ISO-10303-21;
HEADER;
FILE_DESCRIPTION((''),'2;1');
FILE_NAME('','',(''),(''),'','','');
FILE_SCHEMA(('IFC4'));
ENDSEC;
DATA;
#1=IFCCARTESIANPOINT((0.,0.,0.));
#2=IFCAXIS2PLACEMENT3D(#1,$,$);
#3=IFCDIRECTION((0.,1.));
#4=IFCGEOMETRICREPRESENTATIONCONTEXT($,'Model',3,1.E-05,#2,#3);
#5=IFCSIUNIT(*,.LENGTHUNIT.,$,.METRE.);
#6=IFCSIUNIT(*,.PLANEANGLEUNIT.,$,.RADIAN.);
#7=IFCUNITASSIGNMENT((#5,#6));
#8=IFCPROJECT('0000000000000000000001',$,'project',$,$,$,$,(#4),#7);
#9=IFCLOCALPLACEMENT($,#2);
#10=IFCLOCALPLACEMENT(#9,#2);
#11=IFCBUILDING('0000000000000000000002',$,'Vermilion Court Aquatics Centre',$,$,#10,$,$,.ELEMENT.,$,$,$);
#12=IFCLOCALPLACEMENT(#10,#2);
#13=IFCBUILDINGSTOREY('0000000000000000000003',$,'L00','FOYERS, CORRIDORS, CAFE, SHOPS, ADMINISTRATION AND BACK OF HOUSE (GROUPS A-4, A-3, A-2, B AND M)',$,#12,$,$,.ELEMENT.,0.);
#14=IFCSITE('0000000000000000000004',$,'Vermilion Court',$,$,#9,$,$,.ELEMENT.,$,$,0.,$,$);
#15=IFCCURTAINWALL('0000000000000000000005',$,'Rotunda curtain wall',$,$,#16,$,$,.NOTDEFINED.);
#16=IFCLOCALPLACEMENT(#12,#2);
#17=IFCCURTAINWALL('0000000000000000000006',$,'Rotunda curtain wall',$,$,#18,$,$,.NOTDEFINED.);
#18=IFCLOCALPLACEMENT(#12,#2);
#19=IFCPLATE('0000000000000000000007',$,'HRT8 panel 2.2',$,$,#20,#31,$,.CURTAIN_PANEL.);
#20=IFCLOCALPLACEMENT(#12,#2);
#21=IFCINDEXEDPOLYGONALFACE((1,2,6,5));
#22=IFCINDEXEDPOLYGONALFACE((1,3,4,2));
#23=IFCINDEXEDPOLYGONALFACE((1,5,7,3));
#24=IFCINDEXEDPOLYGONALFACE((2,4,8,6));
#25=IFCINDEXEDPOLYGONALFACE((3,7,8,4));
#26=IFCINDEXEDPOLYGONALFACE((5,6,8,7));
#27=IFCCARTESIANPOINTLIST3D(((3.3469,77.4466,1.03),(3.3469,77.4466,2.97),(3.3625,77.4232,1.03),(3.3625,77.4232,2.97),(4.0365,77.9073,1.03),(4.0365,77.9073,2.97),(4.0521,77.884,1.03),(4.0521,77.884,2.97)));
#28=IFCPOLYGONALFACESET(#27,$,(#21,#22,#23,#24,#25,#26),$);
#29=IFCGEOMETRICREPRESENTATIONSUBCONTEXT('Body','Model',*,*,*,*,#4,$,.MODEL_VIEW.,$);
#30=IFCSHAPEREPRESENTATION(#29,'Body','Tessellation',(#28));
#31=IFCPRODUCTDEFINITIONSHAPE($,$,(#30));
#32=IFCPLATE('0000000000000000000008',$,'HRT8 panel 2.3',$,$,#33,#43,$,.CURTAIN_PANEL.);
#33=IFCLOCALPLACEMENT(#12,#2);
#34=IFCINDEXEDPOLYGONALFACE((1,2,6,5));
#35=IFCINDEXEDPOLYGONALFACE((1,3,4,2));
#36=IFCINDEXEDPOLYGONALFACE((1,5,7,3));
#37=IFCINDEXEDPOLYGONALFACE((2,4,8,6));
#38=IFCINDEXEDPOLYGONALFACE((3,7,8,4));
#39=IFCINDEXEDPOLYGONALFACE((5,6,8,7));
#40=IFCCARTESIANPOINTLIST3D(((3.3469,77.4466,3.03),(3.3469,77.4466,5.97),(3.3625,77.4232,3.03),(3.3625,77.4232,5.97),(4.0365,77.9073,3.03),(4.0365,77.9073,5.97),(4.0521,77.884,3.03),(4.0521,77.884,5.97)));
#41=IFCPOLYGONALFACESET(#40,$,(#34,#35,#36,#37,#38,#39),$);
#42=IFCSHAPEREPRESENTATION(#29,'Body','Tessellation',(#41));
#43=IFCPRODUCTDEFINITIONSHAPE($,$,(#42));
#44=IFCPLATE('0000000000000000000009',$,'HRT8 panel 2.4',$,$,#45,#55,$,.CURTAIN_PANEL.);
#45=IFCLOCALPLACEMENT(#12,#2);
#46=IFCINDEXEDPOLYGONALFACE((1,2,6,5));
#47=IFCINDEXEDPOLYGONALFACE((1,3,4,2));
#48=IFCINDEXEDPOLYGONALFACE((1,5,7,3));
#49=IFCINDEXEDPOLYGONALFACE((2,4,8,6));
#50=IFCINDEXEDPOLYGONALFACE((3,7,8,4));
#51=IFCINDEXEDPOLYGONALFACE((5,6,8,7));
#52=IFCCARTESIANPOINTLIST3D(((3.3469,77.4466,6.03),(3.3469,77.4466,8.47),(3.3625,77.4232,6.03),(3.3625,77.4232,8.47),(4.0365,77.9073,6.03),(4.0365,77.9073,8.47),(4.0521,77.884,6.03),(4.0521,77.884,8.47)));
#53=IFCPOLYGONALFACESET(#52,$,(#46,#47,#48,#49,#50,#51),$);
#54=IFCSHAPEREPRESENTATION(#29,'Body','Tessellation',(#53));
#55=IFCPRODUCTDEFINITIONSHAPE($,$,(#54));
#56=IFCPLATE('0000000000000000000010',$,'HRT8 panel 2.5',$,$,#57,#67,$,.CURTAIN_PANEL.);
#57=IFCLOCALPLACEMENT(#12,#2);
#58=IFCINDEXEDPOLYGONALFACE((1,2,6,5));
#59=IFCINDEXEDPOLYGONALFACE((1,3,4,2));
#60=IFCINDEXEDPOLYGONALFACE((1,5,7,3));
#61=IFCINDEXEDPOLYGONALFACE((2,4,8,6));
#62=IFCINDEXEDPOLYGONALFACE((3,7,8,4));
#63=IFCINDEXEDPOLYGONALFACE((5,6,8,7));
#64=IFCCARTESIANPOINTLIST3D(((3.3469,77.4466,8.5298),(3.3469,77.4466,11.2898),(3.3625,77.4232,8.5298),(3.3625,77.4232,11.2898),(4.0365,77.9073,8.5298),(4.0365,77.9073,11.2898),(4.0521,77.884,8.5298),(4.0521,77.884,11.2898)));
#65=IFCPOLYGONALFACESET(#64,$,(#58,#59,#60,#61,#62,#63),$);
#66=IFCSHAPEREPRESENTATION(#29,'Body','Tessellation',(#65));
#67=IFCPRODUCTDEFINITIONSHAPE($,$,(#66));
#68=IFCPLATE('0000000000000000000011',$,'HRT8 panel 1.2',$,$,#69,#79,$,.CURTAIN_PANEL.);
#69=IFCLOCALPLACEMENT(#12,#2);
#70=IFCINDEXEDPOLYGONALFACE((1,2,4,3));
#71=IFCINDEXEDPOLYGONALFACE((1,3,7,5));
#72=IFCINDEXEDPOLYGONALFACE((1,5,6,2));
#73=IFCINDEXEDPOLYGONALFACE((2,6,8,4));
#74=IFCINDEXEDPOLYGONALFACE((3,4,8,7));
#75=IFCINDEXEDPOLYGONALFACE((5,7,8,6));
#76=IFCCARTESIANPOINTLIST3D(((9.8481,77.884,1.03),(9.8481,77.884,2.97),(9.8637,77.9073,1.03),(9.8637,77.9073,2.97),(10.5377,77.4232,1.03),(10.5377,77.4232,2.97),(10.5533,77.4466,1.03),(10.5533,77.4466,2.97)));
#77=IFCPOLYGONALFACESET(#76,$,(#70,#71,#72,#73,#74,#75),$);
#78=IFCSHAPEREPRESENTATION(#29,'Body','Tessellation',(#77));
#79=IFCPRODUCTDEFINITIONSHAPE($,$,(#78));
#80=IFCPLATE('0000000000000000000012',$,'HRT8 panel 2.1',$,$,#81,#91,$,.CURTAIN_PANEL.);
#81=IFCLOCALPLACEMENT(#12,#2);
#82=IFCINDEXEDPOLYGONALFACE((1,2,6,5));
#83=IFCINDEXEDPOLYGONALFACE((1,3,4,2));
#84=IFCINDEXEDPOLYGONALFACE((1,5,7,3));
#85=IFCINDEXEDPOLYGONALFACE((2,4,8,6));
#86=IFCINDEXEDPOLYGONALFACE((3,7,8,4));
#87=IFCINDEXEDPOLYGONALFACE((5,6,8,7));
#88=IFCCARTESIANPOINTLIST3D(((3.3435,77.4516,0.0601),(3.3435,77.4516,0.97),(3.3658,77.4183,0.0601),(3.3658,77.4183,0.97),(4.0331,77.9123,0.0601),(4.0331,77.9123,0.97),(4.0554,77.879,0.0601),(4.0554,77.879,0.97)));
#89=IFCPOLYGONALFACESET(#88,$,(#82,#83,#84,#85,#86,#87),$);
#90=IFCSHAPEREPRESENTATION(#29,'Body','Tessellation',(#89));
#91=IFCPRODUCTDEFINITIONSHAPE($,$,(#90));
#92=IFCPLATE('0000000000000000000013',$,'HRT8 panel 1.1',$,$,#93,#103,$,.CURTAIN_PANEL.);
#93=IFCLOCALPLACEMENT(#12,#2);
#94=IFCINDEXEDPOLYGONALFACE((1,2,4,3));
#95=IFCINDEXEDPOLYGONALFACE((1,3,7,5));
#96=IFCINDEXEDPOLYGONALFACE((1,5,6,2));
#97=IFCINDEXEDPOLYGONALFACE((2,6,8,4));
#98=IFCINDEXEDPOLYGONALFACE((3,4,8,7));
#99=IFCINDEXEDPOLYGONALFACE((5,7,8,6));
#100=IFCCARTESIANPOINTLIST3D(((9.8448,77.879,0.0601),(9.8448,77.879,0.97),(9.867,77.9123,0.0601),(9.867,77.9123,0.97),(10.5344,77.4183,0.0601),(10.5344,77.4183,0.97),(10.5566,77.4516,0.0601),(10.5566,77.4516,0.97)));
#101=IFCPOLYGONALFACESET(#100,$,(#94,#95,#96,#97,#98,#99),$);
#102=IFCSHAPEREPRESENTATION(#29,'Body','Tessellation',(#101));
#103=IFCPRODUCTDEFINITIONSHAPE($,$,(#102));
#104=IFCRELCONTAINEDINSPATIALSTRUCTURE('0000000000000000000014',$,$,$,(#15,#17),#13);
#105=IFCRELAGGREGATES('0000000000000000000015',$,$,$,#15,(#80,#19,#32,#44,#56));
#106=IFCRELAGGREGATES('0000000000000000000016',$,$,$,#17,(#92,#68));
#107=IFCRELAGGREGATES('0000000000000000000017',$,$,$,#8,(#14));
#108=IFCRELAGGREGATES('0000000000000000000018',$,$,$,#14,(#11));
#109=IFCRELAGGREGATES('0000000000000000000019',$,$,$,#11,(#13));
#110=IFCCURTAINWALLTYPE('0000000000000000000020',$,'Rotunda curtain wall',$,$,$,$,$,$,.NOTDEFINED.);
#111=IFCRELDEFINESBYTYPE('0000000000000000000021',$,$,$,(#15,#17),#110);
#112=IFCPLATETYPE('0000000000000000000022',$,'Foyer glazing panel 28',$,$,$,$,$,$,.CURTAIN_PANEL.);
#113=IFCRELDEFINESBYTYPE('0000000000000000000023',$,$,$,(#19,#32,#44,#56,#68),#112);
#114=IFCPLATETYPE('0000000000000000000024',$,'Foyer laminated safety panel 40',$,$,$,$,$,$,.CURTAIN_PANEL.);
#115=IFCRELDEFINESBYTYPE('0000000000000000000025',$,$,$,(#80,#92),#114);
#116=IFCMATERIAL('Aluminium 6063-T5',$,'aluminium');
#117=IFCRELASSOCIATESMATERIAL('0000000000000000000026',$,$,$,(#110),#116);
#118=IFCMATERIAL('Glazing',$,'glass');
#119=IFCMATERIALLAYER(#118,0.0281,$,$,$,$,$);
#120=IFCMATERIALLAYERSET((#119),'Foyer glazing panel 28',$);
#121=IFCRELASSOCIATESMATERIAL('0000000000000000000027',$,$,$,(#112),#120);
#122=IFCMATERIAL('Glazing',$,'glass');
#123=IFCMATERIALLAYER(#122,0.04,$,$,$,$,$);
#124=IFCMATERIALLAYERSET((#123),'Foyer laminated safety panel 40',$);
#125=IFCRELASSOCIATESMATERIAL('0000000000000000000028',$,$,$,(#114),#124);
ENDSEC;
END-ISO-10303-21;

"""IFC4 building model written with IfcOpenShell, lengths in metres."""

from ifc_helpers import new_model, si_unit, direction, frame, origin, origin_2d, place, context, subcontext, project, spatial, rectangle, extrude, material, layer, layer_set, type_object, element, aggregate, save


model = new_model("IFC4")

# Units and contexts
model_context = context("Model", 3, precision=1e-05, world=origin(), true_north=direction((0.0, 1.0)))
body_context = subcontext(model_context, "Body", "Model", "MODEL_VIEW")
ifc_project = project(units=[si_unit("LENGTHUNIT", "METRE"), si_unit("PLANEANGLEUNIT", "RADIAN")], contexts=[model_context])

# Site, building, storey
site_placement = place(None, origin())
site = spatial("IfcSite", under=ifc_project, at=site_placement, Name="Vermilion Court", CompositionType="ELEMENT", RefElevation=0.0)
building_placement = place(site_placement, origin())
building = spatial("IfcBuilding", under=site, at=building_placement, Name="Vermilion Court Aquatics Centre", CompositionType="ELEMENT")
storey_placement = place(building_placement, origin())
storey = spatial("IfcBuildingStorey", under=building, at=storey_placement, Name="L00", Description="FOYERS, CORRIDORS, CAFE, SHOPS, ADMINISTRATION AND BACK OF HOUSE (GROUPS A-4, A-3, A-2, B AND M)", CompositionType="ELEMENT", Elevation=0.0)

# Curtain walls
ifc_material_1 = material(Name="Aluminium 6063-T5", Category="aluminium")
curtain_wall_type = type_object("IfcCurtainWallType", Name="Rotunda curtain wall", PredefinedType="NOTDEFINED", material=ifc_material_1)
curtain_wall_1_placement = place(storey_placement, origin())
curtain_wall_1 = element("IfcCurtainWall", 1, at=curtain_wall_1_placement, inside=storey, type_object=curtain_wall_type, Name="Rotunda curtain wall", PredefinedType="NOTDEFINED")
curtain_wall_2_placement = place(storey_placement, origin())
curtain_wall_2 = element("IfcCurtainWall", 2, at=curtain_wall_2_placement, inside=storey, type_object=curtain_wall_type, Name="Rotunda curtain wall", PredefinedType="NOTDEFINED")

# Plates
ifc_material_2 = material(Name="Glazing", Category="glass")
ifc_layer_1 = layer(ifc_material_2, 0.0281)
ifc_layer_set_1 = layer_set([ifc_layer_1], Name="Foyer glazing panel 28")
plate_type_1 = type_object("IfcPlateType", Name="Foyer glazing panel 28", PredefinedType="CURTAIN_PANEL", material=ifc_layer_set_1)
plate_1_placement = place(storey_placement, frame((3.6995, 77.6653, 1.03), z_axis=(0.0, 0.0, 1.0), x_axis=(0.831489, 0.555541, 0.0)))
plate_1 = element("IfcPlate", 3, at=plate_1_placement, type_object=plate_type_1, Name="HRT8 panel 2.2", PredefinedType="CURTAIN_PANEL", context=body_context, shape_type="SweptSolid", body=[
    extrude(rectangle(XDim=0.8293, YDim=0.0281, at=origin_2d()), origin(), (0.0, 0.0, 1.0), 1.9399),
])
plate_2_placement = place(storey_placement, frame((3.6995, 77.6653, 3.03), z_axis=(0.0, 0.0, 1.0), x_axis=(0.831489, 0.555541, 0.0)))
plate_2 = element("IfcPlate", 4, at=plate_2_placement, type_object=plate_type_1, Name="HRT8 panel 2.3", PredefinedType="CURTAIN_PANEL", context=body_context, shape_type="SweptSolid", body=[
    extrude(rectangle(XDim=0.8293, YDim=0.0281, at=origin_2d()), origin(), (0.0, 0.0, 1.0), 2.9399),
])
plate_3_placement = place(storey_placement, frame((3.6995, 77.6653, 6.03), z_axis=(0.0, 0.0, 1.0), x_axis=(0.831489, 0.555541, 0.0)))
plate_3 = element("IfcPlate", 5, at=plate_3_placement, type_object=plate_type_1, Name="HRT8 panel 2.4", PredefinedType="CURTAIN_PANEL", context=body_context, shape_type="SweptSolid", body=[
    extrude(rectangle(XDim=0.8293, YDim=0.0281, at=origin_2d()), origin(), (0.0, 0.0, 1.0), 2.4399),
])
plate_4_placement = place(storey_placement, frame((3.6995, 77.6653, 8.5298), z_axis=(0.0, 0.0, 1.0), x_axis=(0.831489, 0.555541, 0.0)))
plate_4 = element("IfcPlate", 6, at=plate_4_placement, type_object=plate_type_1, Name="HRT8 panel 2.5", PredefinedType="CURTAIN_PANEL", context=body_context, shape_type="SweptSolid", body=[
    extrude(rectangle(XDim=0.8293, YDim=0.0281, at=origin_2d()), origin(), (0.0, 0.0, 1.0), 2.76),
])
plate_5_placement = place(storey_placement, frame((10.2007, 77.6653, 1.03), z_axis=(0.0, 0.0, 1.0), x_axis=(0.831489, -0.555541, 0.0)))
plate_5 = element("IfcPlate", 7, at=plate_5_placement, type_object=plate_type_1, Name="HRT8 panel 1.2", PredefinedType="CURTAIN_PANEL", context=body_context, shape_type="SweptSolid", body=[
    extrude(rectangle(XDim=0.8293, YDim=0.0281, at=origin_2d()), origin(), (0.0, 0.0, 1.0), 1.9399),
])
ifc_material_3 = material(Name="Glazing", Category="glass")
ifc_layer_2 = layer(ifc_material_3, 0.04)
ifc_layer_set_2 = layer_set([ifc_layer_2], Name="Foyer laminated safety panel 40")
plate_type_2 = type_object("IfcPlateType", Name="Foyer laminated safety panel 40", PredefinedType="CURTAIN_PANEL", material=ifc_layer_set_2)
plate_6_placement = place(storey_placement, frame((3.6995, 77.6653, 0.0601), z_axis=(0.0, 0.0, 1.0), x_axis=(0.831489, 0.555541, 0.0)))
plate_6 = element("IfcPlate", 8, at=plate_6_placement, type_object=plate_type_2, Name="HRT8 panel 2.1", PredefinedType="CURTAIN_PANEL", context=body_context, shape_type="SweptSolid", body=[
    extrude(rectangle(XDim=0.8293, YDim=0.04, at=origin_2d()), origin(), (0.0, 0.0, 1.0), 0.9099),
])
aggregate(curtain_wall_1, [plate_6, plate_1, plate_2, plate_3, plate_4])
plate_7_placement = place(storey_placement, frame((10.2007, 77.6653, 0.0601), z_axis=(0.0, 0.0, 1.0), x_axis=(0.831489, -0.555541, 0.0)))
plate_7 = element("IfcPlate", 9, at=plate_7_placement, type_object=plate_type_2, Name="HRT8 panel 1.1", PredefinedType="CURTAIN_PANEL", context=body_context, shape_type="SweptSolid", body=[
    extrude(rectangle(XDim=0.8293, YDim=0.04, at=origin_2d()), origin(), (0.0, 0.0, 1.0), 0.9099),
])
aggregate(curtain_wall_2, [plate_7, plate_5])

save(model, "model.ifc")
